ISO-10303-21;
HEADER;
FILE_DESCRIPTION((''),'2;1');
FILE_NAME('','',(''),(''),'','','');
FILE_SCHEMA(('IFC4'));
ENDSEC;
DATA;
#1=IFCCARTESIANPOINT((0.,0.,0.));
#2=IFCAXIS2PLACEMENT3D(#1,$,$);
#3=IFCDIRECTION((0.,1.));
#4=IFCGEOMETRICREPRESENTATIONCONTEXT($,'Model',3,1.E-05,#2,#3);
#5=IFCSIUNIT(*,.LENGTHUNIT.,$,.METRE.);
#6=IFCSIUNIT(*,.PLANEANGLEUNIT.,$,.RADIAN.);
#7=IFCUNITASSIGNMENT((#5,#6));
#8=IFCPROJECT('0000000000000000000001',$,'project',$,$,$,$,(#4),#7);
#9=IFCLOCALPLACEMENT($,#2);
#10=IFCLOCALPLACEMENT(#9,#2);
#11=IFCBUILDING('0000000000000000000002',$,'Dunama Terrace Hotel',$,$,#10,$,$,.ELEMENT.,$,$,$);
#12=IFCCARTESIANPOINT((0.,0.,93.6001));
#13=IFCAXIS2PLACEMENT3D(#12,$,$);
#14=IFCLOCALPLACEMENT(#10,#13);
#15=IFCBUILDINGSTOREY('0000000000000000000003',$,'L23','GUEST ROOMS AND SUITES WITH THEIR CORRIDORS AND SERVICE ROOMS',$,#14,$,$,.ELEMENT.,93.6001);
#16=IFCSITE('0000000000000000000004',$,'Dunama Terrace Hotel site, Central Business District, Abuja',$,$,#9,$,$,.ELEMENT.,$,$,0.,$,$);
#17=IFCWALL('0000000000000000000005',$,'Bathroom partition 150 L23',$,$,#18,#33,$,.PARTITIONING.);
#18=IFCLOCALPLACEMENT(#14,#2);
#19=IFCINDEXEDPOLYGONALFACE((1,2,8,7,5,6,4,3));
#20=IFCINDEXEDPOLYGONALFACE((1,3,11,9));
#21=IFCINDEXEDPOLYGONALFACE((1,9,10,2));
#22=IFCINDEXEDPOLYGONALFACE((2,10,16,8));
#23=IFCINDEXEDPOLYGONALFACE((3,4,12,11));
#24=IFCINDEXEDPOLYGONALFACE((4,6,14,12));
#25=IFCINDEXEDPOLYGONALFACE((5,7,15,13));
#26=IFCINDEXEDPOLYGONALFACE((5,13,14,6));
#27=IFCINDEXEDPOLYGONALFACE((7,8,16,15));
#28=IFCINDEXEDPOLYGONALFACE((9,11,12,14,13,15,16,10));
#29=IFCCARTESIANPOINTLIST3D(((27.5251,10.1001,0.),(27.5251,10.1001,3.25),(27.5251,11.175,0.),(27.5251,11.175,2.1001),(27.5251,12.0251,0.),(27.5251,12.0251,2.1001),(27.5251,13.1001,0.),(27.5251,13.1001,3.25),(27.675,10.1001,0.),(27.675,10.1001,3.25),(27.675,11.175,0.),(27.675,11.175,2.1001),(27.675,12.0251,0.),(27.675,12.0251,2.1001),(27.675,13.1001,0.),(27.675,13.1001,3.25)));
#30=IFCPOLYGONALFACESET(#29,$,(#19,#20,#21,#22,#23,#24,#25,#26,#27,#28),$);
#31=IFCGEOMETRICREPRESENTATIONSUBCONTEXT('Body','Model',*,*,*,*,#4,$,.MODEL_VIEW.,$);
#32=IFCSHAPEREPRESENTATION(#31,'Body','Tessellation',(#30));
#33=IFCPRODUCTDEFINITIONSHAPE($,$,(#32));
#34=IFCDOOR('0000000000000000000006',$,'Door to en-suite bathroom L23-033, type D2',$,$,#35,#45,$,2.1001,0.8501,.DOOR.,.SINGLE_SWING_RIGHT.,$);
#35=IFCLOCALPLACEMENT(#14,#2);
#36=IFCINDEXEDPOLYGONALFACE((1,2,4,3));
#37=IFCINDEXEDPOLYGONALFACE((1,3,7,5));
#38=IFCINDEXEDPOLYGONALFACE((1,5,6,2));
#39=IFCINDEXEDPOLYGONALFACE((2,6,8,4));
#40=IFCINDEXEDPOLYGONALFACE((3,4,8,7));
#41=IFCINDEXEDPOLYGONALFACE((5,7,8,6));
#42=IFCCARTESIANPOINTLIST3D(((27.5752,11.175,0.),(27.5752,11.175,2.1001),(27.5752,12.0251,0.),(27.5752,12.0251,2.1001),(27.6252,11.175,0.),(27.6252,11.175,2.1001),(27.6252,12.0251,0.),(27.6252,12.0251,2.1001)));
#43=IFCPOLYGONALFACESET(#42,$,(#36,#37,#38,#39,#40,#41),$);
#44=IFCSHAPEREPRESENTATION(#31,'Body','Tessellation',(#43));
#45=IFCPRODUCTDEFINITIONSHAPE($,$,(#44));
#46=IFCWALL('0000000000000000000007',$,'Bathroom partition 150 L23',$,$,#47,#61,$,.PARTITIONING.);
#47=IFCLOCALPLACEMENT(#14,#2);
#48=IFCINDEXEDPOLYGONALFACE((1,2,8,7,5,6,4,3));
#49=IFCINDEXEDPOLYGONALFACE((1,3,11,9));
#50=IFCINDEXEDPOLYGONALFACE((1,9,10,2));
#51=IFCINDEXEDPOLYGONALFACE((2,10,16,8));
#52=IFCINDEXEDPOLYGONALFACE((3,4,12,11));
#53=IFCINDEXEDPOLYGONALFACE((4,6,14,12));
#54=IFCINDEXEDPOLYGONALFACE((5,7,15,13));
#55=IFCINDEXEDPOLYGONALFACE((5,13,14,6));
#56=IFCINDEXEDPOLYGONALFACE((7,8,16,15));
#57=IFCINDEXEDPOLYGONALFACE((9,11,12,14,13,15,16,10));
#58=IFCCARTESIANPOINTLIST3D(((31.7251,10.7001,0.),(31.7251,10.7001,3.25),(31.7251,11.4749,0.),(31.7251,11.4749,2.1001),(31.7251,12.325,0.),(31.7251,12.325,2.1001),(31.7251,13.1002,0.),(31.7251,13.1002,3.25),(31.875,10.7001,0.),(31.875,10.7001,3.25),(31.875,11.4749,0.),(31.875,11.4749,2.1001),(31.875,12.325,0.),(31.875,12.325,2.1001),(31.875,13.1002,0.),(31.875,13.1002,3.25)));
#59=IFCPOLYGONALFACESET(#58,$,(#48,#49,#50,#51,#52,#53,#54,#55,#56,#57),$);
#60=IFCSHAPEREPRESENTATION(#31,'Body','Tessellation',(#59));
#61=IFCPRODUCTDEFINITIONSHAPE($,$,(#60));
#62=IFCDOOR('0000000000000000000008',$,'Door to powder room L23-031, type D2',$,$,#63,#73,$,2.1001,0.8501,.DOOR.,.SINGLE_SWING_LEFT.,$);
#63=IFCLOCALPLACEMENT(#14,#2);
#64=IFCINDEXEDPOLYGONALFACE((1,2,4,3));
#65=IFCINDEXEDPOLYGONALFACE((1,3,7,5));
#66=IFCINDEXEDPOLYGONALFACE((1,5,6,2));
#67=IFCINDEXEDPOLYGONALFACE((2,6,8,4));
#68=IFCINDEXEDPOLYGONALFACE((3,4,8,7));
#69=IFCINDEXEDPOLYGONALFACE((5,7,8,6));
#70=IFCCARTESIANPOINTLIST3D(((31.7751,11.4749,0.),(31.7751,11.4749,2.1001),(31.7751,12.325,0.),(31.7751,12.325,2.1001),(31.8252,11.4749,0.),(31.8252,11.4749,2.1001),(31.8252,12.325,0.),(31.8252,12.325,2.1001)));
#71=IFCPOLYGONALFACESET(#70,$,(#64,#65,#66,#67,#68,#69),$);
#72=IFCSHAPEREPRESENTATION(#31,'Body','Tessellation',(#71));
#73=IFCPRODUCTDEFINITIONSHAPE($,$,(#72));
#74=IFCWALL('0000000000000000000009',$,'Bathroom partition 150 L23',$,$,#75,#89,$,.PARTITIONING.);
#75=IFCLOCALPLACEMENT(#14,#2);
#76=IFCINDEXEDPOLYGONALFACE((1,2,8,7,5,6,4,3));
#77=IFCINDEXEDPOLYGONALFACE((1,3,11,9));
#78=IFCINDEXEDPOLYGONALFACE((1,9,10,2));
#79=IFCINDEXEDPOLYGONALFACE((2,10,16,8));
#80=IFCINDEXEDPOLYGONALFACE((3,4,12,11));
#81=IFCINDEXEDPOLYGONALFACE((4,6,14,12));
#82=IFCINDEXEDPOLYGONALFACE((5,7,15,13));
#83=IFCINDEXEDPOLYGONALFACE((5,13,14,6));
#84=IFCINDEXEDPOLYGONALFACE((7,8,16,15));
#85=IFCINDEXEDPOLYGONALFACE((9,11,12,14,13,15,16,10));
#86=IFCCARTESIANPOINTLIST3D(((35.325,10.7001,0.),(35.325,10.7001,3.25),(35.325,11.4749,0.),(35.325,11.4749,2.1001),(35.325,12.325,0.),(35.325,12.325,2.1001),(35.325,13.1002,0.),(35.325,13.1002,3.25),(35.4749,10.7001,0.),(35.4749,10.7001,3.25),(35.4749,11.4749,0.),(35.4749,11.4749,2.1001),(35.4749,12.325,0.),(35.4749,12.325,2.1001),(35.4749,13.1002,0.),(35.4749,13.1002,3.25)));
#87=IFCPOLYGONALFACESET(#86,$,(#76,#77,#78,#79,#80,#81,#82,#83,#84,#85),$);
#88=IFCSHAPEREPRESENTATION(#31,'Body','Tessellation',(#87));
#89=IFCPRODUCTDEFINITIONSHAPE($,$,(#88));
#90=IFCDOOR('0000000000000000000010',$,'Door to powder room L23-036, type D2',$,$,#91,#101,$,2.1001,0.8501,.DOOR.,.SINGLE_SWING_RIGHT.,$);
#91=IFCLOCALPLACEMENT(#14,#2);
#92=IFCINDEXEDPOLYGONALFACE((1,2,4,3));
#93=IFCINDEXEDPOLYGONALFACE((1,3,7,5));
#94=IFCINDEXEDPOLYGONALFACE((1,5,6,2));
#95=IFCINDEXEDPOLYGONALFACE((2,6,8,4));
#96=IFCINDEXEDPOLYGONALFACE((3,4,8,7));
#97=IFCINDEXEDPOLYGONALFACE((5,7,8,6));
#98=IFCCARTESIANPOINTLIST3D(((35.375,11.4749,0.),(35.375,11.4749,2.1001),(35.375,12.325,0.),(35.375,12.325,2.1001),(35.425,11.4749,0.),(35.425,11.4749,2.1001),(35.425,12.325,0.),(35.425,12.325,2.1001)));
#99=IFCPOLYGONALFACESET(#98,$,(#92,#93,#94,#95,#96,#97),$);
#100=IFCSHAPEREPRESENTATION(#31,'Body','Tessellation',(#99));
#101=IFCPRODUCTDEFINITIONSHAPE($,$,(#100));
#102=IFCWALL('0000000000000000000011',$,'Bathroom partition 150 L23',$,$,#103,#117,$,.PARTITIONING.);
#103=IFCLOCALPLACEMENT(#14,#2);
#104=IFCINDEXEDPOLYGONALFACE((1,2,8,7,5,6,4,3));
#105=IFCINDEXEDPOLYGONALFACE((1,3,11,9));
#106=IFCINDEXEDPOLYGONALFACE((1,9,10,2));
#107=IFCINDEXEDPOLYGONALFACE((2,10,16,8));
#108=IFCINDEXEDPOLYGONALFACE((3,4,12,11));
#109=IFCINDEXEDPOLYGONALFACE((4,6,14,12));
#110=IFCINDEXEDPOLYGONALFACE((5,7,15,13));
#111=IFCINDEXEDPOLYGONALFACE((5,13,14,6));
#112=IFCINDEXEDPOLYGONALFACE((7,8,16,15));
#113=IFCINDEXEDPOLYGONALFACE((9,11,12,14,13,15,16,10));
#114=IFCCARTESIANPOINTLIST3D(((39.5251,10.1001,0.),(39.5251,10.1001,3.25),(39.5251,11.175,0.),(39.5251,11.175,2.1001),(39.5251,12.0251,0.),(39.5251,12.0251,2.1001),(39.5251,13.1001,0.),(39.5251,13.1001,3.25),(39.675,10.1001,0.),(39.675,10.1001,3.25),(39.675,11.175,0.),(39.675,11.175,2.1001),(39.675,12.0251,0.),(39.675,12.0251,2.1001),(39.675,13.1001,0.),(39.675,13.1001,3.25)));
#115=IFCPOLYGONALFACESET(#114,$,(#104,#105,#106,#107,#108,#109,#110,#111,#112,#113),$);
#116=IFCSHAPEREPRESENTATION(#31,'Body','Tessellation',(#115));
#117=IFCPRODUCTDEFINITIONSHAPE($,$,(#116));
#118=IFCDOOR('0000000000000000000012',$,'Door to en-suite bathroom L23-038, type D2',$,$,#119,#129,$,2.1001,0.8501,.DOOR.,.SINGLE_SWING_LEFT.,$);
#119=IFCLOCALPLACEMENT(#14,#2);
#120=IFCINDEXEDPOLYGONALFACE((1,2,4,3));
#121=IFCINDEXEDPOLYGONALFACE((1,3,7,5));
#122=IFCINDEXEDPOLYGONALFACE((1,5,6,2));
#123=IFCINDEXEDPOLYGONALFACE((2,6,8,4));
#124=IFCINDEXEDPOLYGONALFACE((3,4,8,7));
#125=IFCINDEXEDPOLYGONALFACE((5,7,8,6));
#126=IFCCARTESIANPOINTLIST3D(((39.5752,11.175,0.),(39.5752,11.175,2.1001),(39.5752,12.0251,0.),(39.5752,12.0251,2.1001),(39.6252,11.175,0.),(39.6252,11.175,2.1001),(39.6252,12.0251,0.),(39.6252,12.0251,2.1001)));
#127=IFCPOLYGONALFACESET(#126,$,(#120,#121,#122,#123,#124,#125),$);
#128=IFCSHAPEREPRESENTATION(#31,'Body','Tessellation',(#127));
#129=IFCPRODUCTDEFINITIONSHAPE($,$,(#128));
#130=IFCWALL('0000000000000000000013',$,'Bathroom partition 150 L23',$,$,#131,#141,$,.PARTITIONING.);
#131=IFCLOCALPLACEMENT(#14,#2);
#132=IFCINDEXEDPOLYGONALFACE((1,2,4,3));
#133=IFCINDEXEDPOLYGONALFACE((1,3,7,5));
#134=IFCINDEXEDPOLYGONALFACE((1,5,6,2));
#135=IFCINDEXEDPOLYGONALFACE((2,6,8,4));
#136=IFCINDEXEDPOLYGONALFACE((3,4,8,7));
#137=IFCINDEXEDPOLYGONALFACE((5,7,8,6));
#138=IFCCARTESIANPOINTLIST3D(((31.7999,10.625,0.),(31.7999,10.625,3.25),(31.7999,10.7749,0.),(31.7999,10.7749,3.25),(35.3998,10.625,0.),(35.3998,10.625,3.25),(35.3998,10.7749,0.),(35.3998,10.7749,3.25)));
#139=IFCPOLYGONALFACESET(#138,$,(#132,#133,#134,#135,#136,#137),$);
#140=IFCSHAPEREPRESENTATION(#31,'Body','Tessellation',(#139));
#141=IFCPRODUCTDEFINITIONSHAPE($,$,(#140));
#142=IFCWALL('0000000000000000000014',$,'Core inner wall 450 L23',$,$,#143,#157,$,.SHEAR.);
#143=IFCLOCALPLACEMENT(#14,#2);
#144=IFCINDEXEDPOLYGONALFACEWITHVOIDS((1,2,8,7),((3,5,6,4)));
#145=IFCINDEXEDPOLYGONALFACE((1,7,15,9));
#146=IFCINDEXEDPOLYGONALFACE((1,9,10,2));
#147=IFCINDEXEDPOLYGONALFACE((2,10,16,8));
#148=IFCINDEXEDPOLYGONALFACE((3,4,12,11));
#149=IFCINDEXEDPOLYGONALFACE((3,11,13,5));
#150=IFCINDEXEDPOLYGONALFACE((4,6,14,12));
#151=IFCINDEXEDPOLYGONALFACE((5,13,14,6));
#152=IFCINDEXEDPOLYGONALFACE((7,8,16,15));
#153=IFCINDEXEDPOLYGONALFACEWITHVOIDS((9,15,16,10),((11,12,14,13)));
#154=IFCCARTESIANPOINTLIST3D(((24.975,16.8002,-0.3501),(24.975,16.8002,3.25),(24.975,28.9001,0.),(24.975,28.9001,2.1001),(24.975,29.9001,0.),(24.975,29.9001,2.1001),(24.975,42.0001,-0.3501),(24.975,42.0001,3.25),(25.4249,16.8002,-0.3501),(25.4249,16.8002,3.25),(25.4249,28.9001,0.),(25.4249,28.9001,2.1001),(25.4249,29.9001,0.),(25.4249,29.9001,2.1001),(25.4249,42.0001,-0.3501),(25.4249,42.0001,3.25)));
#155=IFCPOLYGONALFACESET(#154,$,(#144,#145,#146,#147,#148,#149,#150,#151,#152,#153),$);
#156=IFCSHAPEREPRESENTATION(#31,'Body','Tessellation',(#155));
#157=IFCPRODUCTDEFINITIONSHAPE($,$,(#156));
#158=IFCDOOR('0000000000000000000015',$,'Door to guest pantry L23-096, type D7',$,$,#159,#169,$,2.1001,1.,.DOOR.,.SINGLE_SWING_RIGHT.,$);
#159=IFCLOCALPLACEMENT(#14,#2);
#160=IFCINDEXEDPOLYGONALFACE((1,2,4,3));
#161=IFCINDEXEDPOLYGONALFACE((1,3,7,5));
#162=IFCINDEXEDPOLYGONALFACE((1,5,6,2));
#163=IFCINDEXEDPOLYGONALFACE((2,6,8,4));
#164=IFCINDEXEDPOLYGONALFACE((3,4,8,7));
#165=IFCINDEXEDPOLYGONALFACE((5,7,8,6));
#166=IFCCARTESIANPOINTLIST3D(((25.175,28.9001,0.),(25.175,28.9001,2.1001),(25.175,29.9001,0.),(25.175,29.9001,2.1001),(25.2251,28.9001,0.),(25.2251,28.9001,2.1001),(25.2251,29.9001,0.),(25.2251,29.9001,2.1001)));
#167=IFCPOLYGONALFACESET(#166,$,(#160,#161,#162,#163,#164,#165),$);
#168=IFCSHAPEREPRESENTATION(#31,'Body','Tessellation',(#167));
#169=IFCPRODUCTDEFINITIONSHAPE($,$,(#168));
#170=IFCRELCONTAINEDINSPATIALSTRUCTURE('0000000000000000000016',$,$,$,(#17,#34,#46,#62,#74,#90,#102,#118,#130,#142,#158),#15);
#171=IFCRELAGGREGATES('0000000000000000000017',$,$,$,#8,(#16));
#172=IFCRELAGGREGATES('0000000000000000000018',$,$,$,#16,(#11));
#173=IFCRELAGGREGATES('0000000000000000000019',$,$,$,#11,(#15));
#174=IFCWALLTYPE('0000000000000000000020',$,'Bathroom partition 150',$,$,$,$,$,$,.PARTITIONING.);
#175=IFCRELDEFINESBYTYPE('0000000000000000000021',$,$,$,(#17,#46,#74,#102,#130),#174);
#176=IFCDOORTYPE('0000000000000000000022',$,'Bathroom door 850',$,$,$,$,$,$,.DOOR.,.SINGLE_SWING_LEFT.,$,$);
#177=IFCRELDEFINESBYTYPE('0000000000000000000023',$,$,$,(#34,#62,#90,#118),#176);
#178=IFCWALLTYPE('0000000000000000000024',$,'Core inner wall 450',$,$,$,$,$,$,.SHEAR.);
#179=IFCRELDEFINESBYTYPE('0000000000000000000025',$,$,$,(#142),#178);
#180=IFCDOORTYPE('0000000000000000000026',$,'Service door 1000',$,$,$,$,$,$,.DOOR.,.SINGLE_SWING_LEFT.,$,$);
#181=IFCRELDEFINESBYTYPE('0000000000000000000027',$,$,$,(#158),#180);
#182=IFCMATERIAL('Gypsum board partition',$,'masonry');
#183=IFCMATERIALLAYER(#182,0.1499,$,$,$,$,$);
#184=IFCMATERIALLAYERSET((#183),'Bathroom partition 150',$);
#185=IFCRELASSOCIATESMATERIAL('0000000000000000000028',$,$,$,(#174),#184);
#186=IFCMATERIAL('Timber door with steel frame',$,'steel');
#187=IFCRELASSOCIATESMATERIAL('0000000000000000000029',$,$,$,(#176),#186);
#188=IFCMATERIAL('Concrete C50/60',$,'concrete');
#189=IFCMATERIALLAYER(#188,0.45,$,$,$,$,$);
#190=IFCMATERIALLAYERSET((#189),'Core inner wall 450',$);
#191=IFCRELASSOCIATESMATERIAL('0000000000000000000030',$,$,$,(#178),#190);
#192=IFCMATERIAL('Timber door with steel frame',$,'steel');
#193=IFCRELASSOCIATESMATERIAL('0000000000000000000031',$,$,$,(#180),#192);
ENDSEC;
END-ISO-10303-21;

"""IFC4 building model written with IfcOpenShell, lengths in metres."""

from ifc_helpers import new_model, si_unit, direction, frame, frame_2d, origin, place, context, subcontext, project, spatial, rectangle, extrude, material, layer, layer_set, type_object, element, fill, save


model = new_model("IFC4")

# Units and contexts
model_context = context("Model", 3, precision=1e-05, world=origin(), true_north=direction((0.0, 1.0)))
body_context = subcontext(model_context, "Body", "Model", "MODEL_VIEW")
ifc_project = project(units=[si_unit("LENGTHUNIT", "METRE"), si_unit("PLANEANGLEUNIT", "RADIAN")], contexts=[model_context])

# Site, building, storey
site_placement = place(None, origin())
site = spatial("IfcSite", under=ifc_project, at=site_placement, Name="Dunama Terrace Hotel site, Central Business District, Abuja", CompositionType="ELEMENT", RefElevation=0.0)
building_placement = place(site_placement, origin())
building = spatial("IfcBuilding", under=site, at=building_placement, Name="Dunama Terrace Hotel", CompositionType="ELEMENT")
storey_placement = place(building_placement, frame((0.0, 0.0, 93.6001)))
storey = spatial("IfcBuildingStorey", under=building, at=storey_placement, Name="L23", Description="GUEST ROOMS AND SUITES WITH THEIR CORRIDORS AND SERVICE ROOMS", CompositionType="ELEMENT", Elevation=93.6001)

# Walls, openings, doors
ifc_material_1 = material(Name="Gypsum board partition", Category="masonry")
ifc_layer_1 = layer(ifc_material_1, 0.1499)
ifc_layer_set_1 = layer_set([ifc_layer_1], Name="Bathroom partition 150")
wall_type_1 = type_object("IfcWallType", Name="Bathroom partition 150", PredefinedType="PARTITIONING", material=ifc_layer_set_1)
wall_1_placement = place(storey_placement, frame((27.6001, 10.1001, 0.0), z_axis=(0.0, 0.0, 1.0), x_axis=(0.0, 1.0, 0.0)))
wall_1 = element("IfcWall", 1, at=wall_1_placement, inside=storey, type_object=wall_type_1, Name="Bathroom partition 150 L23", PredefinedType="PARTITIONING", context=body_context, shape_type="SweptSolid", body=[
    extrude(rectangle(XDim=3.0, YDim=0.1499, at=frame_2d((1.5, 0.0))), origin(), (0.0, 0.0, 1.0), 3.25),
])
opening_1_placement = place(wall_1_placement, frame((1.075, 0.0, 0.0)))
opening_1 = element("IfcOpeningElement", 2, at=opening_1_placement, cuts=wall_1, PredefinedType="OPENING", context=body_context, shape_type="SweptSolid", body=[
    extrude(rectangle(XDim=0.8501, YDim=2.1001, at=frame_2d((0.425, 1.05))), frame((0.0, 0.085, 0.0), z_axis=(0.0, -1.0, 0.0), x_axis=(1.0, 0.0, 0.0)), (0.0, 0.0, 1.0), 0.1699),
])
ifc_material_2 = material(Name="Timber door with steel frame", Category="steel")
door_type_1 = type_object("IfcDoorType", Name="Bathroom door 850", OperationType="SINGLE_SWING_LEFT", PredefinedType="DOOR", material=ifc_material_2)
door_1_placement = place(opening_1_placement, origin())
door_1 = element("IfcDoor", 3, at=door_1_placement, inside=storey, type_object=door_type_1, Name="Door to en-suite bathroom L23-033, type D2", OperationType="SINGLE_SWING_RIGHT", OverallHeight=2.1001, OverallWidth=0.8501, PredefinedType="DOOR", context=body_context, shape_type="SweptSolid", body=[
    extrude(rectangle(XDim=0.8501, YDim=2.1001, at=frame_2d((0.425, 1.05))), frame((0.0, 0.0249, 0.0), z_axis=(0.0, -1.0, 0.0), x_axis=(1.0, 0.0, 0.0)), (0.0, 0.0, 1.0), 0.05),
])
fill(opening_1, door_1)
wall_2_placement = place(storey_placement, frame((31.8, 10.7, 0.0), z_axis=(0.0, 0.0, 1.0), x_axis=(0.0, 1.0, 0.0)))
wall_2 = element("IfcWall", 4, at=wall_2_placement, inside=storey, type_object=wall_type_1, Name="Bathroom partition 150 L23", PredefinedType="PARTITIONING", context=body_context, shape_type="SweptSolid", body=[
    extrude(rectangle(XDim=2.4001, YDim=0.1499, at=frame_2d((1.2002, 0.0))), origin(), (0.0, 0.0, 1.0), 3.25),
])
opening_2_placement = place(wall_2_placement, frame((0.7749, 0.0, 0.0)))
opening_2 = element("IfcOpeningElement", 5, at=opening_2_placement, cuts=wall_2, PredefinedType="OPENING", context=body_context, shape_type="SweptSolid", body=[
    extrude(rectangle(XDim=0.8501, YDim=2.1001, at=frame_2d((0.425, 1.05))), frame((0.0, 0.085, 0.0), z_axis=(0.0, -1.0, 0.0), x_axis=(1.0, 0.0, 0.0)), (0.0, 0.0, 1.0), 0.1699),
])
door_2_placement = place(opening_2_placement, frame((0.8501, 0.0, 0.0), z_axis=(0.0, 0.0, 1.0), x_axis=(-1.0, 0.0, 0.0)))
door_2 = element("IfcDoor", 6, at=door_2_placement, inside=storey, type_object=door_type_1, Name="Door to powder room L23-031, type D2", OperationType="SINGLE_SWING_LEFT", OverallHeight=2.1001, OverallWidth=0.8501, PredefinedType="DOOR", context=body_context, shape_type="SweptSolid", body=[
    extrude(rectangle(XDim=0.8501, YDim=2.1001, at=frame_2d((0.425, 1.05))), frame((0.0, 0.0251, 0.0), z_axis=(0.0, -1.0, 0.0), x_axis=(1.0, 0.0, 0.0)), (0.0, 0.0, 1.0), 0.05),
])
fill(opening_2, door_2)
wall_3_placement = place(storey_placement, frame((35.3999, 10.7, 0.0), z_axis=(0.0, 0.0, 1.0), x_axis=(0.0, 1.0, 0.0)))
wall_3 = element("IfcWall", 7, at=wall_3_placement, inside=storey, type_object=wall_type_1, Name="Bathroom partition 150 L23", PredefinedType="PARTITIONING", context=body_context, shape_type="SweptSolid", body=[
    extrude(rectangle(XDim=2.4001, YDim=0.1499, at=frame_2d((1.2002, 0.0))), origin(), (0.0, 0.0, 1.0), 3.25),
])
opening_3_placement = place(wall_3_placement, frame((0.7749, 0.0, 0.0)))
opening_3 = element("IfcOpeningElement", 8, at=opening_3_placement, cuts=wall_3, PredefinedType="OPENING", context=body_context, shape_type="SweptSolid", body=[
    extrude(rectangle(XDim=0.8501, YDim=2.1001, at=frame_2d((0.425, 1.05))), frame((0.0, 0.085, 0.0), z_axis=(0.0, -1.0, 0.0), x_axis=(1.0, 0.0, 0.0)), (0.0, 0.0, 1.0), 0.1699),
])
door_3_placement = place(opening_3_placement, origin())
door_3 = element("IfcDoor", 9, at=door_3_placement, inside=storey, type_object=door_type_1, Name="Door to powder room L23-036, type D2", OperationType="SINGLE_SWING_RIGHT", OverallHeight=2.1001, OverallWidth=0.8501, PredefinedType="DOOR", context=body_context, shape_type="SweptSolid", body=[
    extrude(rectangle(XDim=0.8501, YDim=2.1001, at=frame_2d((0.425, 1.05))), frame((0.0, 0.0249, 0.0), z_axis=(0.0, -1.0, 0.0), x_axis=(1.0, 0.0, 0.0)), (0.0, 0.0, 1.0), 0.05),
])
fill(opening_3, door_3)
wall_4_placement = place(storey_placement, frame((39.6001, 10.1001, 0.0), z_axis=(0.0, 0.0, 1.0), x_axis=(0.0, 1.0, 0.0)))
wall_4 = element("IfcWall", 10, at=wall_4_placement, inside=storey, type_object=wall_type_1, Name="Bathroom partition 150 L23", PredefinedType="PARTITIONING", context=body_context, shape_type="SweptSolid", body=[
    extrude(rectangle(XDim=3.0, YDim=0.1499, at=frame_2d((1.5, 0.0))), origin(), (0.0, 0.0, 1.0), 3.25),
])
opening_4_placement = place(wall_4_placement, frame((1.075, 0.0, 0.0)))
opening_4 = element("IfcOpeningElement", 11, at=opening_4_placement, cuts=wall_4, PredefinedType="OPENING", context=body_context, shape_type="SweptSolid", body=[
    extrude(rectangle(XDim=0.8501, YDim=2.1001, at=frame_2d((0.425, 1.05))), frame((0.0, 0.085, 0.0), z_axis=(0.0, -1.0, 0.0), x_axis=(1.0, 0.0, 0.0)), (0.0, 0.0, 1.0), 0.1699),
])
door_4_placement = place(opening_4_placement, frame((0.8501, 0.0, 0.0), z_axis=(0.0, 0.0, 1.0), x_axis=(-1.0, 0.0, 0.0)))
door_4 = element("IfcDoor", 12, at=door_4_placement, inside=storey, type_object=door_type_1, Name="Door to en-suite bathroom L23-038, type D2", OperationType="SINGLE_SWING_LEFT", OverallHeight=2.1001, OverallWidth=0.8501, PredefinedType="DOOR", context=body_context, shape_type="SweptSolid", body=[
    extrude(rectangle(XDim=0.8501, YDim=2.1001, at=frame_2d((0.425, 1.05))), frame((0.0, 0.0251, 0.0), z_axis=(0.0, -1.0, 0.0), x_axis=(1.0, 0.0, 0.0)), (0.0, 0.0, 1.0), 0.05),
])
fill(opening_4, door_4)

# Wall
wall_5_placement = place(storey_placement, frame((31.8, 10.7, 0.0), z_axis=(0.0, 0.0, 1.0), x_axis=(1.0, 0.0, 0.0)))
element("IfcWall", 13, at=wall_5_placement, inside=storey, type_object=wall_type_1, Name="Bathroom partition 150 L23", PredefinedType="PARTITIONING", context=body_context, shape_type="SweptSolid", body=[
    extrude(rectangle(XDim=3.5999, YDim=0.1499, at=frame_2d((1.7998, 0.0))), origin(), (0.0, 0.0, 1.0), 3.25),
])

# Wall, opening, door
ifc_material_3 = material(Name="Concrete C50/60", Category="concrete")
ifc_layer_2 = layer(ifc_material_3, 0.45)
ifc_layer_set_2 = layer_set([ifc_layer_2], Name="Core inner wall 450")
wall_type_2 = type_object("IfcWallType", Name="Core inner wall 450", PredefinedType="SHEAR", material=ifc_layer_set_2)
wall_6_placement = place(storey_placement, frame((25.2, 16.8, -0.3501), z_axis=(0.0, 0.0, 1.0), x_axis=(0.0, 1.0, 0.0)))
wall_6 = element("IfcWall", 14, at=wall_6_placement, inside=storey, type_object=wall_type_2, Name="Core inner wall 450 L23", PredefinedType="SHEAR", context=body_context, shape_type="SweptSolid", body=[
    extrude(rectangle(XDim=25.2, YDim=0.45, at=frame_2d((12.6001, 0.0))), origin(), (0.0, 0.0, 1.0), 3.6001),
])
opening_5_placement = place(wall_6_placement, frame((12.1001, 0.0, 0.3501)))
opening_5 = element("IfcOpeningElement", 15, at=opening_5_placement, cuts=wall_6, PredefinedType="OPENING", context=body_context, shape_type="SweptSolid", body=[
    extrude(rectangle(XDim=1.0, YDim=2.1001, at=frame_2d((0.5, 1.05))), frame((0.0, 0.2349, 0.0), z_axis=(0.0, -1.0, 0.0), x_axis=(1.0, 0.0, 0.0)), (0.0, 0.0, 1.0), 0.47),
])
ifc_material_4 = material(Name="Timber door with steel frame", Category="steel")
door_type_2 = type_object("IfcDoorType", Name="Service door 1000", OperationType="SINGLE_SWING_LEFT", PredefinedType="DOOR", material=ifc_material_4)
door_5_placement = place(opening_5_placement, frame((1.0, 0.0, 0.0), z_axis=(0.0, 0.0, 1.0), x_axis=(-1.0, 0.0, 0.0)))
door_5 = element("IfcDoor", 16, at=door_5_placement, inside=storey, type_object=door_type_2, Name="Door to guest pantry L23-096, type D7", OperationType="SINGLE_SWING_RIGHT", OverallHeight=2.1001, OverallWidth=1.0, PredefinedType="DOOR", context=body_context, shape_type="SweptSolid", body=[
    extrude(rectangle(XDim=1.0, YDim=2.1001, at=frame_2d((0.5, 1.05))), frame((0.0, 0.0251, 0.0), z_axis=(0.0, -1.0, 0.0), x_axis=(1.0, 0.0, 0.0)), (0.0, 0.0, 1.0), 0.05),
])
fill(opening_5, door_5)

save(model, "model.ifc")
